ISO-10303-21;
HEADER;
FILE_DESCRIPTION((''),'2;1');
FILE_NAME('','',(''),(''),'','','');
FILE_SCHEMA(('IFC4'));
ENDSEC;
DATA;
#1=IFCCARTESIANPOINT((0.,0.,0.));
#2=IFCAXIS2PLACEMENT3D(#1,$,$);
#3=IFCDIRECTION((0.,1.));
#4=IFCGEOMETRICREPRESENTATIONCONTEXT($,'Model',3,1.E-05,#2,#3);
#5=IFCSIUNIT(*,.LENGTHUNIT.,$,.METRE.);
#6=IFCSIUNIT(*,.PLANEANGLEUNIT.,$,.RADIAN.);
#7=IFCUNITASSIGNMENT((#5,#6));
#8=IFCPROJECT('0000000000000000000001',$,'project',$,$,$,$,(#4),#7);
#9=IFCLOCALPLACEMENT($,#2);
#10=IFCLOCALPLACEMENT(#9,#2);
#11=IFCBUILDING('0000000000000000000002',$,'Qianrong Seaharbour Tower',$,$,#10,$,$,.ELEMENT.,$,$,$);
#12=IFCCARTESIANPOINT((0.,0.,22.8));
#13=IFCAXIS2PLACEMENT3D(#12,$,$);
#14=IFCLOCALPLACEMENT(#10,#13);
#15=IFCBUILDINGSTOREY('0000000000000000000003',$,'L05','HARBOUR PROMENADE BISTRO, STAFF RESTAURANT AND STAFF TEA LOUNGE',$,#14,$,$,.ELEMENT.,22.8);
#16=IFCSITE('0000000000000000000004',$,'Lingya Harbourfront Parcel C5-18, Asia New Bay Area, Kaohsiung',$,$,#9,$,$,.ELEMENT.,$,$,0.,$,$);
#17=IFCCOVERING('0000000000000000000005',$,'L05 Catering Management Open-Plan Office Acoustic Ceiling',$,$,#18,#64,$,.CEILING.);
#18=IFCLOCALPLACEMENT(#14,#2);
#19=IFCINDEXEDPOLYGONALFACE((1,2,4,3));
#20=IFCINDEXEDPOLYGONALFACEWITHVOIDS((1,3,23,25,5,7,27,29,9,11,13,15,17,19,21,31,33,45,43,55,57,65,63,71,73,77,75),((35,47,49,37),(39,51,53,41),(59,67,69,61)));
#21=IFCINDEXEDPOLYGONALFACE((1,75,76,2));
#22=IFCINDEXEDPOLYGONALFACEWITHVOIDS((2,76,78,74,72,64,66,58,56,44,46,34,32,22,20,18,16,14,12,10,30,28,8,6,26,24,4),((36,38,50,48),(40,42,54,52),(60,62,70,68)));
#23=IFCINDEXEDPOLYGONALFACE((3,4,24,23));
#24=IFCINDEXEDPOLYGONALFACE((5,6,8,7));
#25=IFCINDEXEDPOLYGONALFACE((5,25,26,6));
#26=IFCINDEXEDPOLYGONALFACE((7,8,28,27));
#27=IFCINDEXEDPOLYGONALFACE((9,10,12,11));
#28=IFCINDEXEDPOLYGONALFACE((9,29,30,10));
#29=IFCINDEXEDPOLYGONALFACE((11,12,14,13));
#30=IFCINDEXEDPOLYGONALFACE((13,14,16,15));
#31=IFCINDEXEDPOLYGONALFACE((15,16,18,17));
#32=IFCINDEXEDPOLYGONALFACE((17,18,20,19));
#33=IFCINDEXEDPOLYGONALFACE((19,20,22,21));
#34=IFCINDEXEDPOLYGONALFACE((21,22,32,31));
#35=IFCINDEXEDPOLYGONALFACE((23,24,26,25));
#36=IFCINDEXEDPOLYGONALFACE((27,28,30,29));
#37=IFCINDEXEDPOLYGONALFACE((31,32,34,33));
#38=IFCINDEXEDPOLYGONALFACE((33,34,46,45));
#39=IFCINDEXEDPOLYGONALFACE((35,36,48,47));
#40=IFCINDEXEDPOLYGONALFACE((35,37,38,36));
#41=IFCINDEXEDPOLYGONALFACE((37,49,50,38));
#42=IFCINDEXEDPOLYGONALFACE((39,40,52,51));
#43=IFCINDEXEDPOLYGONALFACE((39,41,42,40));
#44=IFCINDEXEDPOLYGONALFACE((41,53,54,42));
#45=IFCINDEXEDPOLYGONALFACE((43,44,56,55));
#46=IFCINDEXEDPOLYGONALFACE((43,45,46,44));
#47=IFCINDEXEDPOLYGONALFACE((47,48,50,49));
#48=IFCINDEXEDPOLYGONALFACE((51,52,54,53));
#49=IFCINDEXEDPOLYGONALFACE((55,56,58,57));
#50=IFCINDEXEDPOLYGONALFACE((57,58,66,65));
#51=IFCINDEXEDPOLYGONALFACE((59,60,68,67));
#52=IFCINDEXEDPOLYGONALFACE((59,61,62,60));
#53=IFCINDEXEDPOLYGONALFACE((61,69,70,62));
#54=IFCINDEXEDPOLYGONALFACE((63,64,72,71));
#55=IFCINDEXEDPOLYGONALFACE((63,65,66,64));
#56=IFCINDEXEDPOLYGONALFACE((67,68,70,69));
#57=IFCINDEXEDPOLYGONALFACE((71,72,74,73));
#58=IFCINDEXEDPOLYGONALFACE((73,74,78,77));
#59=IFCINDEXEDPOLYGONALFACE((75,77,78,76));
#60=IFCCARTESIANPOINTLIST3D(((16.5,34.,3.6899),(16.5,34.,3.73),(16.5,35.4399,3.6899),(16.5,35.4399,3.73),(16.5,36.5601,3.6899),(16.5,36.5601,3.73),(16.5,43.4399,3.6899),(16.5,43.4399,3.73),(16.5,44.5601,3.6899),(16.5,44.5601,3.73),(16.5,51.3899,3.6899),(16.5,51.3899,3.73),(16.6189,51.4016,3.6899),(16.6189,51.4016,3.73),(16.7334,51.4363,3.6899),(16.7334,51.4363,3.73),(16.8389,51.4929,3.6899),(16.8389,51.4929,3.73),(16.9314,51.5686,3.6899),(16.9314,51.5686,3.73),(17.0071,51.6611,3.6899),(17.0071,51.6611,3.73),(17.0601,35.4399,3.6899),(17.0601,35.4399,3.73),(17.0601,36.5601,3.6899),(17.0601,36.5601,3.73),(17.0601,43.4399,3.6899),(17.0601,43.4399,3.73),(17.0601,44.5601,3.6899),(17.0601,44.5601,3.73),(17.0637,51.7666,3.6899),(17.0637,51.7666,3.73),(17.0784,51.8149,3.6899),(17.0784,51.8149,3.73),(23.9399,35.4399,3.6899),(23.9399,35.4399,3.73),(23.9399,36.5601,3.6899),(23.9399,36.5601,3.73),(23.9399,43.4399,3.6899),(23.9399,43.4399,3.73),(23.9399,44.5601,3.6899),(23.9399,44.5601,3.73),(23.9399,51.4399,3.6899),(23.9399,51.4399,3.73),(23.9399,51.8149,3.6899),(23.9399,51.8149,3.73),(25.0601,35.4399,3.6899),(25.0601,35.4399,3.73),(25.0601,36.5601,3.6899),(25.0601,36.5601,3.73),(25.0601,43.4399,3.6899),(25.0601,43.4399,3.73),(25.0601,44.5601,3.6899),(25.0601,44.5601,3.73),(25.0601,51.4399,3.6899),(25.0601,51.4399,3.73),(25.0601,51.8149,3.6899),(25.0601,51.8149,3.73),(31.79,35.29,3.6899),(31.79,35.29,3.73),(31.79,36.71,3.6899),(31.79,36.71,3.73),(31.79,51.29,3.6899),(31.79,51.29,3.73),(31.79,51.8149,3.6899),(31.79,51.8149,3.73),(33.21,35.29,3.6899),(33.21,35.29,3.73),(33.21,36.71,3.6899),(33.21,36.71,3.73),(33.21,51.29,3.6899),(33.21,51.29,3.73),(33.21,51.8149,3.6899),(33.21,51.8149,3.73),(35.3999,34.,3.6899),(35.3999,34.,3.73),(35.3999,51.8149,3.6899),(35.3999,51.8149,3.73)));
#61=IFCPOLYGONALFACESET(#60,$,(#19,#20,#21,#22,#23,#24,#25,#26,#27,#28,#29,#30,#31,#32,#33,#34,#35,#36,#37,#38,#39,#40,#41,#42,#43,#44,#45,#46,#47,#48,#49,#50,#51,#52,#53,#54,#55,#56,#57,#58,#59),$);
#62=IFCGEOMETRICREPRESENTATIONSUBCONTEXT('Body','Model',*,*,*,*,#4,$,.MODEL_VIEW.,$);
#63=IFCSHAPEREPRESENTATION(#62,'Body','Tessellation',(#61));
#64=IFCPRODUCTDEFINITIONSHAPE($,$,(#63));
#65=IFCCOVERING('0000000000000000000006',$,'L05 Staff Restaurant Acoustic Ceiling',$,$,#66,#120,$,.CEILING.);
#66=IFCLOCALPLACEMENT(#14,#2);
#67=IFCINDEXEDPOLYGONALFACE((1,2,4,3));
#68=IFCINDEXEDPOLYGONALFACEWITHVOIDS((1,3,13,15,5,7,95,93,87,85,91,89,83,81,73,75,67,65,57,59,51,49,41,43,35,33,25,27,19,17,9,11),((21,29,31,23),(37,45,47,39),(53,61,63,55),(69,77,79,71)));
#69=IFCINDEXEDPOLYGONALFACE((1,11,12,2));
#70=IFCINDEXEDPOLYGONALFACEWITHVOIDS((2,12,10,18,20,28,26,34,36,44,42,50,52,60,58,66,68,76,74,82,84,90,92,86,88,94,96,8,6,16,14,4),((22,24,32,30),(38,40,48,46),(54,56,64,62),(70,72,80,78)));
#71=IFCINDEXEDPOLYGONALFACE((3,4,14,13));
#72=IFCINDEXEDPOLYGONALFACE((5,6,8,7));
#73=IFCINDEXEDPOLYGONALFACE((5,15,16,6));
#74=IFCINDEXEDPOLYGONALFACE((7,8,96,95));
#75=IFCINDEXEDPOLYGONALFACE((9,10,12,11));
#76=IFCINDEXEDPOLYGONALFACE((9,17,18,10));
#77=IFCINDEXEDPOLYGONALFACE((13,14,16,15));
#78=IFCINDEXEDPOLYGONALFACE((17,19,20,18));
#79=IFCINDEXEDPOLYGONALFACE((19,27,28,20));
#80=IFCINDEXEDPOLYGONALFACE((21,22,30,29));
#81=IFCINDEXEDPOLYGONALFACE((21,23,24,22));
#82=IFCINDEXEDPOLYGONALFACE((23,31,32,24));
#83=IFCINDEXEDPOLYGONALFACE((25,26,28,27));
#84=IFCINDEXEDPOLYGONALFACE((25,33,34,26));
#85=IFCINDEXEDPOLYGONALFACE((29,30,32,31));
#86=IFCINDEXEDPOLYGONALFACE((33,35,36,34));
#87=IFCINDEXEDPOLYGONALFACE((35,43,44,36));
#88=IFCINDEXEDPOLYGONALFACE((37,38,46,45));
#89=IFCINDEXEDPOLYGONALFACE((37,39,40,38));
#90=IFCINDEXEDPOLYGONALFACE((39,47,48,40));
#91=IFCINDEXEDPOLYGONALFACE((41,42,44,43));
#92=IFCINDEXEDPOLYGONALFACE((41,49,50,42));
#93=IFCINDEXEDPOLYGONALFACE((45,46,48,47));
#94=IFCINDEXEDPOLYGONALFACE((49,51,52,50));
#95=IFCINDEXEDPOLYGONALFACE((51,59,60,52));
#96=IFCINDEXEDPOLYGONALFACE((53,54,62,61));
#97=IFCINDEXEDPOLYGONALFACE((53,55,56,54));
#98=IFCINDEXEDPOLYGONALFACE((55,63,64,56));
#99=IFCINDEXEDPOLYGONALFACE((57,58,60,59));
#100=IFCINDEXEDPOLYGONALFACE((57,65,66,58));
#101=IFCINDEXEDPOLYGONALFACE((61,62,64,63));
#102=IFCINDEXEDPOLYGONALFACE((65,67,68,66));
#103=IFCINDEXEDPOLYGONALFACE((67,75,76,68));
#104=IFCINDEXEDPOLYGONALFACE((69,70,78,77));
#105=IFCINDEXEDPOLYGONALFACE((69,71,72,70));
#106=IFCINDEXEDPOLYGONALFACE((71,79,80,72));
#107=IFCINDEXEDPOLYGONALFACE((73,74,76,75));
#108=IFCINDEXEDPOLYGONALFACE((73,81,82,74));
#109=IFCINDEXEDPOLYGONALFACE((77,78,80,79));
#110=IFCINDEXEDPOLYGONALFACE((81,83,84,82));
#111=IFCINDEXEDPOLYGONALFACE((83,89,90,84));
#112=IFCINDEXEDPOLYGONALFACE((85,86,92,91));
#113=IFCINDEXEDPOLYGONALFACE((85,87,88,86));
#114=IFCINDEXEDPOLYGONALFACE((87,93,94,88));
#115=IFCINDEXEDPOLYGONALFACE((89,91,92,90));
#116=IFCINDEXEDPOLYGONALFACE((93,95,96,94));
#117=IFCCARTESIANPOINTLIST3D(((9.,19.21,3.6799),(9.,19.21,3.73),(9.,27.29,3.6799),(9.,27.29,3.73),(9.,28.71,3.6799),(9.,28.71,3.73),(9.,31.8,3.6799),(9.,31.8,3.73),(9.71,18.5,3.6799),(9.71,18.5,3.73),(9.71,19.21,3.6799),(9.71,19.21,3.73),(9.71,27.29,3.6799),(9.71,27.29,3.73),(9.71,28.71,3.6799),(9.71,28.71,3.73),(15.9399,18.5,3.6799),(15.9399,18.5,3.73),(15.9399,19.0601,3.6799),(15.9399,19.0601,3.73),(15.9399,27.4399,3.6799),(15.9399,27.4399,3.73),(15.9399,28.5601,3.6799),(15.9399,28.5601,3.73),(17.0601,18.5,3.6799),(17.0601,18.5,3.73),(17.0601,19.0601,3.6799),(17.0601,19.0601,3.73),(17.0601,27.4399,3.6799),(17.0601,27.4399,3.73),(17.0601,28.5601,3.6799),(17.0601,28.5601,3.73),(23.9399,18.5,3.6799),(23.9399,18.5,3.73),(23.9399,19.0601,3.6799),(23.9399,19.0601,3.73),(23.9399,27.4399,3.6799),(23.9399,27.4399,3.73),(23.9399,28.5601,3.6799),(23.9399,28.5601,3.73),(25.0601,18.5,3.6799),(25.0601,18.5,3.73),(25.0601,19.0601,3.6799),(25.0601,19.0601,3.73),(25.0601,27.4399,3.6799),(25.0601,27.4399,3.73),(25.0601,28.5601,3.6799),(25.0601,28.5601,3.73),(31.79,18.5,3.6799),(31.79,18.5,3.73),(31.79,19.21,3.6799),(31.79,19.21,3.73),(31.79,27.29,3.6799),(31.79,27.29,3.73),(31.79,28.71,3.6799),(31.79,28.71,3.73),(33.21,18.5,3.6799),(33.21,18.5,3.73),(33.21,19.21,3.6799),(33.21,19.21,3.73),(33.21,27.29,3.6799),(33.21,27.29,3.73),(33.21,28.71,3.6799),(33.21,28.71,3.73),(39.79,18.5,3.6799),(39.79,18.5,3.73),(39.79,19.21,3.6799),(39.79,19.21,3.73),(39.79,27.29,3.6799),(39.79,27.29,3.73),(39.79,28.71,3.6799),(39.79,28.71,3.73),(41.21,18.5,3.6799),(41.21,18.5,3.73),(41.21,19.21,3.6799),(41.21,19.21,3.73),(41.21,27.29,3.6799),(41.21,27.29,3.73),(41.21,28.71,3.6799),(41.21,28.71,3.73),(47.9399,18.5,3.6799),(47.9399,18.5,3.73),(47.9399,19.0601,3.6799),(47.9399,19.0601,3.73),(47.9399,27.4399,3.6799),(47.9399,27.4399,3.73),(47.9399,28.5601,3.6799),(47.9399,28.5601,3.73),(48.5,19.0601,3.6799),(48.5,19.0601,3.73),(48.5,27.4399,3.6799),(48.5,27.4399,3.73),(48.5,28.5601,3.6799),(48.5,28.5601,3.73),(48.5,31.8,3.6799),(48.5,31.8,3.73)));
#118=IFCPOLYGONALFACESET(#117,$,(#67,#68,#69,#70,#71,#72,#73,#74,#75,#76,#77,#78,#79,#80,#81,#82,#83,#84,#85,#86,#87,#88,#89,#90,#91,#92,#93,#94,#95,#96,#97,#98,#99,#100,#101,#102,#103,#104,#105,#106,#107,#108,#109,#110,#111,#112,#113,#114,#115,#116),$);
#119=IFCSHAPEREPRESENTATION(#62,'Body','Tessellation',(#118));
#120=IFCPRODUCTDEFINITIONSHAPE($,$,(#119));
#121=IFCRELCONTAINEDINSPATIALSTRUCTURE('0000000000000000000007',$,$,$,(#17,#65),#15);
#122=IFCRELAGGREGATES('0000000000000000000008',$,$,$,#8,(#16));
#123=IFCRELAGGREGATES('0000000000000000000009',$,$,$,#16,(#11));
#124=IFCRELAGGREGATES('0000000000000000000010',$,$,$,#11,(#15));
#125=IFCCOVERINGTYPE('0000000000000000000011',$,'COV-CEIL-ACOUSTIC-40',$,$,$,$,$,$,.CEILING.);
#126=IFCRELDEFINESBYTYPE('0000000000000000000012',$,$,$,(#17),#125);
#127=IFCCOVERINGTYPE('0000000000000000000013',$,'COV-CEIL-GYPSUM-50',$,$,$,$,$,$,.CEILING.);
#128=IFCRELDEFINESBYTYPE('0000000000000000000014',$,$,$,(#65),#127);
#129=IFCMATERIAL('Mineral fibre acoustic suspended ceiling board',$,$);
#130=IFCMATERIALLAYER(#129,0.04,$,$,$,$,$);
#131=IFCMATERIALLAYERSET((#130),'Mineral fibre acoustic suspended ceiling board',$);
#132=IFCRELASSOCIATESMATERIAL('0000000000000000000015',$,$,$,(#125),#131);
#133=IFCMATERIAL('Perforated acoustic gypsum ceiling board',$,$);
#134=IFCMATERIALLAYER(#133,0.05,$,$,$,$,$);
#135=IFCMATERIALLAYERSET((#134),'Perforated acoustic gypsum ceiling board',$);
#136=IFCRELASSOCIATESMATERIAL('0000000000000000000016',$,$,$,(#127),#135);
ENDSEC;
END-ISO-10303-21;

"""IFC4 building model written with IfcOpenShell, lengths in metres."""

from ifc_helpers import new_model, si_unit, direction, frame, origin, place, context, subcontext, project, spatial, polyline, outline, extrude, material, layer, layer_set, type_object, element, save


model = new_model("IFC4")

# Units and contexts
model_context = context("Model", 3, precision=1e-05, world=origin(), true_north=direction((0.0, 1.0)))
body_context = subcontext(model_context, "Body", "Model", "MODEL_VIEW")
ifc_project = project(units=[si_unit("LENGTHUNIT", "METRE"), si_unit("PLANEANGLEUNIT", "RADIAN")], contexts=[model_context])

# Site, building, storey
site_placement = place(None, origin())
site = spatial("IfcSite", under=ifc_project, at=site_placement, Name="Lingya Harbourfront Parcel C5-18, Asia New Bay Area, Kaohsiung", CompositionType="ELEMENT", RefElevation=0.0)
building_placement = place(site_placement, origin())
building = spatial("IfcBuilding", under=site, at=building_placement, Name="Qianrong Seaharbour Tower", CompositionType="ELEMENT")
storey_placement = place(building_placement, frame((0.0, 0.0, 22.8)))
storey = spatial("IfcBuildingStorey", under=building, at=storey_placement, Name="L05", Description="HARBOUR PROMENADE BISTRO, STAFF RESTAURANT AND STAFF TEA LOUNGE", CompositionType="ELEMENT", Elevation=22.8)

# Coverings
ifc_material_1 = material(Name="Mineral fibre acoustic suspended ceiling board")
ifc_layer_1 = layer(ifc_material_1, 0.04)
ifc_layer_set_1 = layer_set([ifc_layer_1], Name="Mineral fibre acoustic suspended ceiling board")
covering_type_1 = type_object("IfcCoveringType", Name="COV-CEIL-ACOUSTIC-40", PredefinedType="CEILING", material=ifc_layer_set_1)
covering_1_placement = place(storey_placement, frame((0.0, 0.0, 3.6899)))
element("IfcCovering", 1, at=covering_1_placement, inside=storey, type_object=covering_type_1, Name="L05 Catering Management Open-Plan Office Acoustic Ceiling", PredefinedType="CEILING", context=body_context, shape_type="SweptSolid", body=[
    extrude(outline(polyline([(16.5, 35.4399), (17.0601, 35.4399), (17.0601, 36.5601), (16.5, 36.5601), (16.5, 43.4399), (17.0601, 43.4399), (17.0601, 44.5601), (16.5, 44.5601), (16.5, 51.3899), (16.6189, 51.4016), (16.7334, 51.4363), (16.8389, 51.4929), (16.9314, 51.5686), (17.0071, 51.6611), (17.0637, 51.7666), (17.0784, 51.8149), (23.9399, 51.8149), (23.9399, 51.4399), (25.0601, 51.4399), (25.0601, 51.8149), (31.79, 51.8149), (31.79, 51.29), (33.21, 51.29), (33.21, 51.8149), (35.3999, 51.8149), (35.3999, 34.0), (16.5, 34.0), (16.5, 35.4399)]), holes=[polyline([(31.79, 35.29), (33.21, 35.29), (33.21, 36.71), (31.79, 36.71), (31.79, 35.29)]), polyline([(23.9399, 36.5601), (23.9399, 35.4399), (25.0601, 35.4399), (25.0601, 36.5601), (23.9399, 36.5601)]), polyline([(23.9399, 43.4399), (25.0601, 43.4399), (25.0601, 44.5601), (23.9399, 44.5601), (23.9399, 43.4399)])]), origin(), (0.0, 0.0, 1.0), 0.04),
])
ifc_material_2 = material(Name="Perforated acoustic gypsum ceiling board")
ifc_layer_2 = layer(ifc_material_2, 0.05)
ifc_layer_set_2 = layer_set([ifc_layer_2], Name="Perforated acoustic gypsum ceiling board")
covering_type_2 = type_object("IfcCoveringType", Name="COV-CEIL-GYPSUM-50", PredefinedType="CEILING", material=ifc_layer_set_2)
covering_2_placement = place(storey_placement, frame((0.0, 0.0, 3.6799)))
element("IfcCovering", 2, at=covering_2_placement, inside=storey, type_object=covering_type_2, Name="L05 Staff Restaurant Acoustic Ceiling", PredefinedType="CEILING", context=body_context, shape_type="SweptSolid", body=[
    extrude(outline(polyline([(48.5, 31.8), (48.5, 28.5601), (47.9399, 28.5601), (47.9399, 27.4399), (48.5, 27.4399), (48.5, 19.0601), (47.9399, 19.0601), (47.9399, 18.5), (41.21, 18.5), (41.21, 19.21), (39.79, 19.21), (39.79, 18.5), (33.21, 18.5), (33.21, 19.21), (31.79, 19.21), (31.79, 18.5), (25.0601, 18.5), (25.0601, 19.0601), (23.9399, 19.0601), (23.9399, 18.5), (17.0601, 18.5), (17.0601, 19.0601), (15.9399, 19.0601), (15.9399, 18.5), (9.71, 18.5), (9.71, 19.21), (9.0, 19.21), (9.0, 27.29), (9.71, 27.29), (9.71, 28.71), (9.0, 28.71), (9.0, 31.8), (48.5, 31.8)]), holes=[polyline([(39.79, 27.29), (41.21, 27.29), (41.21, 28.71), (39.79, 28.71), (39.79, 27.29)]), polyline([(31.79, 28.71), (31.79, 27.29), (33.21, 27.29), (33.21, 28.71), (31.79, 28.71)]), polyline([(23.9399, 27.4399), (25.0601, 27.4399), (25.0601, 28.5601), (23.9399, 28.5601), (23.9399, 27.4399)]), polyline([(15.9399, 27.4399), (17.0601, 27.4399), (17.0601, 28.5601), (15.9399, 28.5601), (15.9399, 27.4399)])]), origin(), (0.0, 0.0, 1.0), 0.05),
])

save(model, "model.ifc")
